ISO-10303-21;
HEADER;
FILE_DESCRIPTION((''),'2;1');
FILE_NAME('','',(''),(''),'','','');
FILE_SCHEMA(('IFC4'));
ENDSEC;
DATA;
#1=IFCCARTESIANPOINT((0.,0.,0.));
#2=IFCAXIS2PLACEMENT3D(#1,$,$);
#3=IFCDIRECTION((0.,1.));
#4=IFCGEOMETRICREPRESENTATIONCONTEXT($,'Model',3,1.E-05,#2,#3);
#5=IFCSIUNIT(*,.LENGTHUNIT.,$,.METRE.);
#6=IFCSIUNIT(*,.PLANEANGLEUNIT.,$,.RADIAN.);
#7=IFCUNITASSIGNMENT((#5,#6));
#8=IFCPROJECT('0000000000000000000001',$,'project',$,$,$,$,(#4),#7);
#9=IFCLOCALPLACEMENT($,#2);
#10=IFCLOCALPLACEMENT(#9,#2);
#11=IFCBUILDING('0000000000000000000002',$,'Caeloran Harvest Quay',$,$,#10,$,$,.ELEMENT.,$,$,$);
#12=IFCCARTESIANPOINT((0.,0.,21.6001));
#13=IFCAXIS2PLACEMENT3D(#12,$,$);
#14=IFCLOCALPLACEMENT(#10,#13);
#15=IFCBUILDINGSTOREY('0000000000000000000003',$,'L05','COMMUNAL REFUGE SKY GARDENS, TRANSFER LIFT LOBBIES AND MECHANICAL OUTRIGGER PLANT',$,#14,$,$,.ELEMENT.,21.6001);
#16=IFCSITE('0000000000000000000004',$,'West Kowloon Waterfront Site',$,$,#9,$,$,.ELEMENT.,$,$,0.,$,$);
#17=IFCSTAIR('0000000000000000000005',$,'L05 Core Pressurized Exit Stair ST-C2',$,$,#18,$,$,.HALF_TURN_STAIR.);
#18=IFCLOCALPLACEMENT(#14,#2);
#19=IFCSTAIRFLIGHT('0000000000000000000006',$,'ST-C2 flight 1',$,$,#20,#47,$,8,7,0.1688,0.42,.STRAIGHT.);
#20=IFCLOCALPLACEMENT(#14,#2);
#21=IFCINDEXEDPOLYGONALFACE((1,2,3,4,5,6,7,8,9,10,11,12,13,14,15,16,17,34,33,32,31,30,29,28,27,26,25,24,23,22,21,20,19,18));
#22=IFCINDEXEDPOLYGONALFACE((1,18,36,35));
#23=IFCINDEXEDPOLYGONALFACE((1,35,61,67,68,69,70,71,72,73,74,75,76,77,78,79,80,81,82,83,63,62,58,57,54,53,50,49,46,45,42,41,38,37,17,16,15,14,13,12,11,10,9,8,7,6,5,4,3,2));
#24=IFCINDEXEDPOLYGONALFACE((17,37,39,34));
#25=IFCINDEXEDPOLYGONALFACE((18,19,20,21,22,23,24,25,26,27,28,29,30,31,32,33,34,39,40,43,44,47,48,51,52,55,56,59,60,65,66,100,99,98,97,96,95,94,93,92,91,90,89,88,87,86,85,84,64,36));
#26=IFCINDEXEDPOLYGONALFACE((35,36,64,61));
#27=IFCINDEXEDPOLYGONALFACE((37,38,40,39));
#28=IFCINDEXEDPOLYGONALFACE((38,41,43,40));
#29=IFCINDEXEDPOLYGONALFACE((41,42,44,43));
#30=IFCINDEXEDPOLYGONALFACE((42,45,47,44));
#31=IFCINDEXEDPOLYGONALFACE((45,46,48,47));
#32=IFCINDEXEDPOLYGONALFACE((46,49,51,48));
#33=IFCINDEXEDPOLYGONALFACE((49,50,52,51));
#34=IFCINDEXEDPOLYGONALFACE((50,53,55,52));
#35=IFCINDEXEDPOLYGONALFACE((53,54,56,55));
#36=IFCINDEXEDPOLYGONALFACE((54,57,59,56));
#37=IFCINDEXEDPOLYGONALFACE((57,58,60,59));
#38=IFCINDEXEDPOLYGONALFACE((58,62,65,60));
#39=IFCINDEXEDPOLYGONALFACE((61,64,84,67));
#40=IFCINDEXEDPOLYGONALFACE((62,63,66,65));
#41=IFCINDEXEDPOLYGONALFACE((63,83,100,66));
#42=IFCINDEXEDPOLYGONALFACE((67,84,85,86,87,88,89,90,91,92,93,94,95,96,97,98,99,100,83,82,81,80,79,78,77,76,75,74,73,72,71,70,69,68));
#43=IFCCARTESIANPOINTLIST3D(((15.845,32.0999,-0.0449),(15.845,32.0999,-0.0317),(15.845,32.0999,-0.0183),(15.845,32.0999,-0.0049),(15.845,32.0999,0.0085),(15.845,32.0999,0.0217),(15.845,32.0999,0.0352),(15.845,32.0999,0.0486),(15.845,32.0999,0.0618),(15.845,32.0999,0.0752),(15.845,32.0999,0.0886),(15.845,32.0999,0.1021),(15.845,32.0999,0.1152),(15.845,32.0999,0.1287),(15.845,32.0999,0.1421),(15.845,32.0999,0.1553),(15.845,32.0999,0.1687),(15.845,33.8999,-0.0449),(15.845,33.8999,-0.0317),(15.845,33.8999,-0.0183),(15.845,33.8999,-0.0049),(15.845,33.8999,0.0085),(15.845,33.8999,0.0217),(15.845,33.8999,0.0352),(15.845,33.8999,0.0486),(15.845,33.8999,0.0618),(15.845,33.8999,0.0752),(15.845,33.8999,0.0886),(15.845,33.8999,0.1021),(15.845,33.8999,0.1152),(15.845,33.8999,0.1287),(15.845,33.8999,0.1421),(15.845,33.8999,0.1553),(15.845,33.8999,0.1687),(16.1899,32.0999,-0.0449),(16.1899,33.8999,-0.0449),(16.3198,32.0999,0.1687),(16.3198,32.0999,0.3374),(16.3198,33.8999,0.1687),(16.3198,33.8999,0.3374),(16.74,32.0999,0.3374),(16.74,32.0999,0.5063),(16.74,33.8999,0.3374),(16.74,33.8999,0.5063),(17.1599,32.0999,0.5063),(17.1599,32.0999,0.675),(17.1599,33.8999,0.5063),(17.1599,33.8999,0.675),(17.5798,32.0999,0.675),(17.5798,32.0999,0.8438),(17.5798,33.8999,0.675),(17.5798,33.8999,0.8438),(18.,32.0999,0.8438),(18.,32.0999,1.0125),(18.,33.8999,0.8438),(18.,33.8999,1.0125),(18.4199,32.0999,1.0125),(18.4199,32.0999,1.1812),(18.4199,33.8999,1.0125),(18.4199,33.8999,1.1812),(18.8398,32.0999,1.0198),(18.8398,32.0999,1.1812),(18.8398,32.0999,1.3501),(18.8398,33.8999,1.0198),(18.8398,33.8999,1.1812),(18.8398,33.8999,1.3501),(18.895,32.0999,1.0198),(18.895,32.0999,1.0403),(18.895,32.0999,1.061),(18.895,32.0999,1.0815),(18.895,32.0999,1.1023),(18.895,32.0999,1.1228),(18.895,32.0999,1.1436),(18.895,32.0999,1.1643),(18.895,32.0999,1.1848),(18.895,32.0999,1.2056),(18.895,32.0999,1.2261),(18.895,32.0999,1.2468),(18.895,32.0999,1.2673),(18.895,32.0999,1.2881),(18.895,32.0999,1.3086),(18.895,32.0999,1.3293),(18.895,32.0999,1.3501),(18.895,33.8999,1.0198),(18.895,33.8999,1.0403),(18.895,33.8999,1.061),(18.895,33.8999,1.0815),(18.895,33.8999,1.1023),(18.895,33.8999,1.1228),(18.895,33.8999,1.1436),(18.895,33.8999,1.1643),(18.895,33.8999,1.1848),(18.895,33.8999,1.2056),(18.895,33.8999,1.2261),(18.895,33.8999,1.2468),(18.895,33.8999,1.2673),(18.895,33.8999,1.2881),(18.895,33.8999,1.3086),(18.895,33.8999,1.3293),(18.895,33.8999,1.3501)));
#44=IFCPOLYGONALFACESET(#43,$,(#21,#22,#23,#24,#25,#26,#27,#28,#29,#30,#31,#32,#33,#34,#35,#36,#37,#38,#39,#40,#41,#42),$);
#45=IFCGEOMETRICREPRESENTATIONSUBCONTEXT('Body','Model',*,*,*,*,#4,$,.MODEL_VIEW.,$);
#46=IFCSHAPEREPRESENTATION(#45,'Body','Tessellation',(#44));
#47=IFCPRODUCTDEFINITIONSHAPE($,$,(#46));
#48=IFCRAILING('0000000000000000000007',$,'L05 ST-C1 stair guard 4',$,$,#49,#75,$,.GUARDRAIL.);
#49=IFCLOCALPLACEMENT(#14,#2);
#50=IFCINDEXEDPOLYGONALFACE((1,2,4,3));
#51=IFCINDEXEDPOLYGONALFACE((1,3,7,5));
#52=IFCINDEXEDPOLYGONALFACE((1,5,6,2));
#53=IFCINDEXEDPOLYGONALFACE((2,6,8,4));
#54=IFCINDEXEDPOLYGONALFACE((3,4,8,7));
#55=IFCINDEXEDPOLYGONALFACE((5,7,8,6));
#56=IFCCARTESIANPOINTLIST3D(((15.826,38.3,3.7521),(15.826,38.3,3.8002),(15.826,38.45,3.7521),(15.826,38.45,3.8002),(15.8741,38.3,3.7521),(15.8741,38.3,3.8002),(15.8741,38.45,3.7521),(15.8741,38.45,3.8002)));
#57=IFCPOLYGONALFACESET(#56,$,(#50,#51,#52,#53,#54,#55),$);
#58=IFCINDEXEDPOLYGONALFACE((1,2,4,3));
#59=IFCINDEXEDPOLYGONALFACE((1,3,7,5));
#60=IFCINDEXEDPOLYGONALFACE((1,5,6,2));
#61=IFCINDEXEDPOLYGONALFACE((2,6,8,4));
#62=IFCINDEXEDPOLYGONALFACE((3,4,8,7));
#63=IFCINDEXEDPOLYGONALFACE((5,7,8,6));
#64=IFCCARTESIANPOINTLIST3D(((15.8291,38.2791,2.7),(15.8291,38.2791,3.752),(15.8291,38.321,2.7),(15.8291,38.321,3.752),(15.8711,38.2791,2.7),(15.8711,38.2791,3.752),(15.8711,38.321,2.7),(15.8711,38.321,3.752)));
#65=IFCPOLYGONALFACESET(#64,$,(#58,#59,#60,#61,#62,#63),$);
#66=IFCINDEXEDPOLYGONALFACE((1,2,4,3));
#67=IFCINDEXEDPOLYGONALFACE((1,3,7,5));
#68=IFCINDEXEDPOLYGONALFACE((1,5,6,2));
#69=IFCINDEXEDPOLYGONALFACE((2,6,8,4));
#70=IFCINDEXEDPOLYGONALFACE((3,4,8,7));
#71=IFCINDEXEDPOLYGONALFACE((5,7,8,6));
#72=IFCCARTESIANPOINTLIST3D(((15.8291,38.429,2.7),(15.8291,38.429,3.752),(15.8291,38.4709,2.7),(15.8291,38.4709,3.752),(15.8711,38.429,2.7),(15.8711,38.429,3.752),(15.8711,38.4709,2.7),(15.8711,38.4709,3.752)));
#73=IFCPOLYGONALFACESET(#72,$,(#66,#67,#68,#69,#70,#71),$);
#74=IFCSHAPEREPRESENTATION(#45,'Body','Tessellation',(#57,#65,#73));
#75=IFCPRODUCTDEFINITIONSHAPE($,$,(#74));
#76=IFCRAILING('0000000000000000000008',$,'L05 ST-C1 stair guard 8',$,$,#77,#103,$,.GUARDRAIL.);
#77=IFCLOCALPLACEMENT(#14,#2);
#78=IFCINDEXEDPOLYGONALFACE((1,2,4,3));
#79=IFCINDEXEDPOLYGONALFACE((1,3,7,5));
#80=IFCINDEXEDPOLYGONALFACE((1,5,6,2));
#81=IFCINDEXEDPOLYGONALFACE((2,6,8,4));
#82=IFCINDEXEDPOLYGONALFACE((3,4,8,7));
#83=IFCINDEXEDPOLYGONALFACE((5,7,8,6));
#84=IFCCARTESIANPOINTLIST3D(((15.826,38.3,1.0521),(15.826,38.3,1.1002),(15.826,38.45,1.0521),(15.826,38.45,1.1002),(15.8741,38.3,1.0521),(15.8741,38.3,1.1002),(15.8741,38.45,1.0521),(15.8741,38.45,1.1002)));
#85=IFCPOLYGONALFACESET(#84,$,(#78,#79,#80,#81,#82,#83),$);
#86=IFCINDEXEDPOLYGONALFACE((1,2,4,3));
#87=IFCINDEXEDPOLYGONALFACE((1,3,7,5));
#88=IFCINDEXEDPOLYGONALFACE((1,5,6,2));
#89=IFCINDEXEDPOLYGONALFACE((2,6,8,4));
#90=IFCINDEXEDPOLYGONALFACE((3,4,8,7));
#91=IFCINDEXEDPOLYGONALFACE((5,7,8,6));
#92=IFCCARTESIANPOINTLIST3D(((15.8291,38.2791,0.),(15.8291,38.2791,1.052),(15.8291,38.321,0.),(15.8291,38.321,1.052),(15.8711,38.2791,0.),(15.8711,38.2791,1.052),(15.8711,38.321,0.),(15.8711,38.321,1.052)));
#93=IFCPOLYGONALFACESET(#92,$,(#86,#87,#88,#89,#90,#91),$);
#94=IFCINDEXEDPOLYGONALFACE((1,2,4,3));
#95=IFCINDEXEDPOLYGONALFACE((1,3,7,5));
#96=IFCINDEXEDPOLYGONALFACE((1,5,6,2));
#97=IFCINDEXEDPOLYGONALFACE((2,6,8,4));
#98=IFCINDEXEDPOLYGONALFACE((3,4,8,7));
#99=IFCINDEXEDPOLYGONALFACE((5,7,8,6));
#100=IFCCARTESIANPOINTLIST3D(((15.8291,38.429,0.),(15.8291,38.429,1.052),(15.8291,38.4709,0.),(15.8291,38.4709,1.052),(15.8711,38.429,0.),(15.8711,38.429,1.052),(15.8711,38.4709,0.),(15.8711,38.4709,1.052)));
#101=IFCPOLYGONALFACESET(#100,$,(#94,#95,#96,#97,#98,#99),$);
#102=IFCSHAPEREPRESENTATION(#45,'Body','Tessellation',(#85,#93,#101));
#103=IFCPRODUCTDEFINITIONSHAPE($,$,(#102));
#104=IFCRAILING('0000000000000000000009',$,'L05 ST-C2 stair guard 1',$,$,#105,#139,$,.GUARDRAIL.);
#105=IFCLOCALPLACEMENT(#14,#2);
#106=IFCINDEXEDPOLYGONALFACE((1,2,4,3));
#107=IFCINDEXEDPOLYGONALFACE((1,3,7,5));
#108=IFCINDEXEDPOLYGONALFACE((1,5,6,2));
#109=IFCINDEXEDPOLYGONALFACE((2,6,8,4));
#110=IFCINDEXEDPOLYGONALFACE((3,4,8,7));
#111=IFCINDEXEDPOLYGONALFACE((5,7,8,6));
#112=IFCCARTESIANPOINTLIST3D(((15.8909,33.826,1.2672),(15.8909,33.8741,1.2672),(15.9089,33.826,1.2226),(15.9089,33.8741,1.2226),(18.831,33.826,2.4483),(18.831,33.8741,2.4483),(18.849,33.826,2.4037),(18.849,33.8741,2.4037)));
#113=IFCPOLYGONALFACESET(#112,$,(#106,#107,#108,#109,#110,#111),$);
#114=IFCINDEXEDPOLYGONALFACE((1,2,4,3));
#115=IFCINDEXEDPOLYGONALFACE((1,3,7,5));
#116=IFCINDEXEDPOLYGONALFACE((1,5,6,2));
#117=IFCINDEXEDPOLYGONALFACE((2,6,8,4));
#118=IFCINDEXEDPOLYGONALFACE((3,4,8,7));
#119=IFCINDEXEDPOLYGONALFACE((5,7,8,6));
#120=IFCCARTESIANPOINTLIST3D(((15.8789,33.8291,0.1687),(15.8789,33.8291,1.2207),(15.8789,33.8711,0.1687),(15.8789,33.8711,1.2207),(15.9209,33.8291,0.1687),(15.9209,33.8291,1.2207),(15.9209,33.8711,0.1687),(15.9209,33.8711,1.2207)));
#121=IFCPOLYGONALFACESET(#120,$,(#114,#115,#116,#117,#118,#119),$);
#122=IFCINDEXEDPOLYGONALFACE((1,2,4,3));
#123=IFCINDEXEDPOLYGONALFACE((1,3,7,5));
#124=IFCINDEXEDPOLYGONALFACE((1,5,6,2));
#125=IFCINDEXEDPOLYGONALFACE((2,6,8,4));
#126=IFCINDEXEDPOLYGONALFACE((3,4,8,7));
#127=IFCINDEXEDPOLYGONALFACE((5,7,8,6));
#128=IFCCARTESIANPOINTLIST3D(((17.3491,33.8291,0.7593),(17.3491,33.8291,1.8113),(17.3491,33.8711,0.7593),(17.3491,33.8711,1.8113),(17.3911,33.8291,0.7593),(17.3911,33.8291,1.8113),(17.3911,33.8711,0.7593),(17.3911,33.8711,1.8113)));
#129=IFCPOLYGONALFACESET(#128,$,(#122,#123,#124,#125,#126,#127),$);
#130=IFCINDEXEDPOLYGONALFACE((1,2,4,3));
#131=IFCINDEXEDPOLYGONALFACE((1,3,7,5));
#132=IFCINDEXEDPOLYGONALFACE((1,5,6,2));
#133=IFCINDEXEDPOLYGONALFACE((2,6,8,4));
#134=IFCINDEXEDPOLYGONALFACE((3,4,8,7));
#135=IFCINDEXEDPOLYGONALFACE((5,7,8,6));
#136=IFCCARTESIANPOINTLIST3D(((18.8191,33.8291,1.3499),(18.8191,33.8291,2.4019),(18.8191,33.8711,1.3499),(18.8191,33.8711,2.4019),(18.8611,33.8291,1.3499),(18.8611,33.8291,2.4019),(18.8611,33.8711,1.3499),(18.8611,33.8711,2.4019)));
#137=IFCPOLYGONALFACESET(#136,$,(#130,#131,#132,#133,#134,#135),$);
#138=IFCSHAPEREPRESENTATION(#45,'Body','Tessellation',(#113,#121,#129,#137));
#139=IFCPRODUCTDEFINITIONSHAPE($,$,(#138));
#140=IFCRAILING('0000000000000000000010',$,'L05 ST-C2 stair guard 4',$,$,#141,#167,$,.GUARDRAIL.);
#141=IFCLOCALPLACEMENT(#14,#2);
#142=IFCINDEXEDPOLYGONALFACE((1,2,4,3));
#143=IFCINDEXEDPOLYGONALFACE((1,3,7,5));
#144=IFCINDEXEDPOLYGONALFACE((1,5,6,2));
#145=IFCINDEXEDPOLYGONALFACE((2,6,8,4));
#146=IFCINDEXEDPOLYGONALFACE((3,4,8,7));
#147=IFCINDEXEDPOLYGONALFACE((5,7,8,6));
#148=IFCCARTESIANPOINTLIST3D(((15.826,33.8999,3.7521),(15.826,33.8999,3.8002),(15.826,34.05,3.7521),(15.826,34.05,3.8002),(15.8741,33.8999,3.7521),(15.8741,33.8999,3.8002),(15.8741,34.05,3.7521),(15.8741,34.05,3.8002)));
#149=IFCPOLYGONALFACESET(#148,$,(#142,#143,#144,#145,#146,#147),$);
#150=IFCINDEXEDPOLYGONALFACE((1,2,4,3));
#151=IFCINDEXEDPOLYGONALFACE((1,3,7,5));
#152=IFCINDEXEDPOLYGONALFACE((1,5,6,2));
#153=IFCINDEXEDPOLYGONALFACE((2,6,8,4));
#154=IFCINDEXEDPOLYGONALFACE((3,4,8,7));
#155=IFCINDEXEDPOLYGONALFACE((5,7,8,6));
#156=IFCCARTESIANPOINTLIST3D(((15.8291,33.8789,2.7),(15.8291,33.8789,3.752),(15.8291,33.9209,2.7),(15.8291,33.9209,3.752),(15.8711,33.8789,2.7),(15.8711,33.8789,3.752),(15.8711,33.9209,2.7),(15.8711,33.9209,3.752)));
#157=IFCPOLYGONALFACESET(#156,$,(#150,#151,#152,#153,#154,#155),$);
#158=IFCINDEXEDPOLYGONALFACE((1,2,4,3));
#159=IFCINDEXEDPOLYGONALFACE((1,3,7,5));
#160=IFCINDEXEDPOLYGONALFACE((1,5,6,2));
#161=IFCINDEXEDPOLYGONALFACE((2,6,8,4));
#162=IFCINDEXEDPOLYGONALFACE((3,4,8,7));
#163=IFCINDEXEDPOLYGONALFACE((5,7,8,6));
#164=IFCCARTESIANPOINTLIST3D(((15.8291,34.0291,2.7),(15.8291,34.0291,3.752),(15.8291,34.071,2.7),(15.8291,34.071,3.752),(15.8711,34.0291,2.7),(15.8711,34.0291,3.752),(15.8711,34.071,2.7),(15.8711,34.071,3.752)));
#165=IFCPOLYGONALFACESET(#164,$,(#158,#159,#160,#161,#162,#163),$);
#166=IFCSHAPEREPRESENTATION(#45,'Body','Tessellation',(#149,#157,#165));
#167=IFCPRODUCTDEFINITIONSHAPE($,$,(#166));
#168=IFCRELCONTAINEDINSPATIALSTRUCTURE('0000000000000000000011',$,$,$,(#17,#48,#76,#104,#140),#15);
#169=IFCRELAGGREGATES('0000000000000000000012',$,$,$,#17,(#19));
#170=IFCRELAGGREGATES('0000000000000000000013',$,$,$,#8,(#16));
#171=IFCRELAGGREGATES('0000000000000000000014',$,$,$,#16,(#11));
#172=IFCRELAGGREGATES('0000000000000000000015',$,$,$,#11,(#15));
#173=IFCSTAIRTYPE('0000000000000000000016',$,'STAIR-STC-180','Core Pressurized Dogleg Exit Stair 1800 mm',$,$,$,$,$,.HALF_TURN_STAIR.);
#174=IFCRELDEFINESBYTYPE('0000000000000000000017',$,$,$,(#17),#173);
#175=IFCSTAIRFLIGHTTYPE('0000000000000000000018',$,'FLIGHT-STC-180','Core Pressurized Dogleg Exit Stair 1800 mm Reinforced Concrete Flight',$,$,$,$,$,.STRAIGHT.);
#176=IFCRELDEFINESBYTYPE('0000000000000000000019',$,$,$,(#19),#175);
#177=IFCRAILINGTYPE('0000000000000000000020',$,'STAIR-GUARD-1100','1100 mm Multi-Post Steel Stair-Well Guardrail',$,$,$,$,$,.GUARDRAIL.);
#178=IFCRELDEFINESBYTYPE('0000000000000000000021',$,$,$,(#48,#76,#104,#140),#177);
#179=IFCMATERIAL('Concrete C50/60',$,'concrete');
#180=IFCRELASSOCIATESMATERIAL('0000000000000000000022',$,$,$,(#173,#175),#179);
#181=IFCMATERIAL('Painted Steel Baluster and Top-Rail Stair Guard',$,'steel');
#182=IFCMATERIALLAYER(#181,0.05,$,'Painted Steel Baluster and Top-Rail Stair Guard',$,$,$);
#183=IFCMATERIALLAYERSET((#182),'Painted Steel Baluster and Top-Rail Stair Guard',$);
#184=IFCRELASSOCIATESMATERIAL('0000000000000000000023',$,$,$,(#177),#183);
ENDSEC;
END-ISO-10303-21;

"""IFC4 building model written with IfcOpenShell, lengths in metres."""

from ifc_helpers import new_model, si_unit, direction, frame, origin, origin_2d, place, context, subcontext, project, spatial, polyline, rectangle, outline, extrude, material, layer, layer_set, type_object, element, aggregate, save


model = new_model("IFC4")

# Units and contexts
model_context = context("Model", 3, precision=1e-05, world=origin(), true_north=direction((0.0, 1.0)))
body_context = subcontext(model_context, "Body", "Model", "MODEL_VIEW")
ifc_project = project(units=[si_unit("LENGTHUNIT", "METRE"), si_unit("PLANEANGLEUNIT", "RADIAN")], contexts=[model_context])

# Site, building, storey
site_placement = place(None, origin())
site = spatial("IfcSite", under=ifc_project, at=site_placement, Name="West Kowloon Waterfront Site", CompositionType="ELEMENT", RefElevation=0.0)
building_placement = place(site_placement, origin())
building = spatial("IfcBuilding", under=site, at=building_placement, Name="Caeloran Harvest Quay", CompositionType="ELEMENT")
storey_placement = place(building_placement, frame((0.0, 0.0, 21.6001)))
storey = spatial("IfcBuildingStorey", under=building, at=storey_placement, Name="L05", Description="COMMUNAL REFUGE SKY GARDENS, TRANSFER LIFT LOBBIES AND MECHANICAL OUTRIGGER PLANT", CompositionType="ELEMENT", Elevation=21.6001)

# Shared definitions
ifc_material_1 = material(Name="Concrete C50/60", Category="concrete")

# Shared definitions
stair_type = type_object("IfcStairType", Name="STAIR-STC-180", Description="Core Pressurized Dogleg Exit Stair 1800 mm", PredefinedType="HALF_TURN_STAIR", material=ifc_material_1)
stair_flight_type = type_object("IfcStairFlightType", Name="FLIGHT-STC-180", Description="Core Pressurized Dogleg Exit Stair 1800 mm Reinforced Concrete Flight", PredefinedType="STRAIGHT", material=ifc_material_1)

# Stair, stair flight
stair_1_placement = place(storey_placement, origin())
stair_1 = element("IfcStair", 1, at=stair_1_placement, inside=storey, type_object=stair_type, Name="L05 Core Pressurized Exit Stair ST-C2", PredefinedType="HALF_TURN_STAIR")
stair_flight_1_placement = place(storey_placement, frame((15.8999, 33.0, 0.0), z_axis=(0.0, 0.0, 1.0), x_axis=(1.0, 0.0, 0.0)))
stair_flight_1 = element("IfcStairFlight", 2, at=stair_flight_1_placement, type_object=stair_flight_type, Name="ST-C2 flight 1", NumberOfRisers=8, NumberOfTreads=7, PredefinedType="STRAIGHT", RiserHeight=0.1688, TreadLength=0.42, context=body_context, shape_type="SweptSolid", body=[
    extrude(outline(polyline([(-0.0549, -0.0449), (-0.0549, -0.0317), (-0.0549, -0.0183), (-0.0549, -0.0049), (-0.0549, 0.0085), (-0.0549, 0.0217), (-0.0549, 0.0352), (-0.0549, 0.0486), (-0.0549, 0.0618), (-0.0549, 0.0752), (-0.0549, 0.0886), (-0.0549, 0.1021), (-0.0549, 0.1152), (-0.0549, 0.1287), (-0.0549, 0.1421), (-0.0549, 0.1553), (-0.0549, 0.1687), (0.4199, 0.1687), (0.4199, 0.3374), (0.8401, 0.3374), (0.8401, 0.5063), (1.26, 0.5063), (1.26, 0.675), (1.6799, 0.675), (1.6799, 0.8438), (2.1001, 0.8438), (2.1001, 1.0125), (2.52, 1.0125), (2.52, 1.1812), (2.9399, 1.1812), (2.9399, 1.3501), (2.9951, 1.3501), (2.9951, 1.3293), (2.9951, 1.3086), (2.9951, 1.2881), (2.9951, 1.2673), (2.9951, 1.2468), (2.9951, 1.2261), (2.9951, 1.2056), (2.9951, 1.1848), (2.9951, 1.1643), (2.9951, 1.1436), (2.9951, 1.1228), (2.9951, 1.1023), (2.9951, 1.0815), (2.9951, 1.061), (2.9951, 1.0403), (2.9951, 1.0198), (2.9399, 1.0198), (0.29, -0.0449), (-0.0549, -0.0449)])), frame((0.0, 0.8999, 0.0), z_axis=(0.0, -1.0, 0.0), x_axis=(1.0, 0.0, 0.0)), (0.0, 0.0, 1.0), 1.8),
])
aggregate(stair_1, [stair_flight_1])

# Railings
ifc_material_2 = material(Name="Painted Steel Baluster and Top-Rail Stair Guard", Category="steel")
ifc_layer_1 = layer(ifc_material_2, 0.05, Name="Painted Steel Baluster and Top-Rail Stair Guard")
ifc_layer_set_1 = layer_set([ifc_layer_1], Name="Painted Steel Baluster and Top-Rail Stair Guard")
railing_type_1 = type_object("IfcRailingType", Name="STAIR-GUARD-1100", Description="1100 mm Multi-Post Steel Stair-Well Guardrail", PredefinedType="GUARDRAIL", material=ifc_layer_set_1)
for number, where, name in (
    (3, (15.8501, 38.3, 2.7), "L05 ST-C1 stair guard 4"),
    (4, (15.8501, 38.3, 0.0), "L05 ST-C1 stair guard 8"),
):
    element("IfcRailing", number, at=place(storey_placement, frame(where)), inside=storey, type_object=railing_type_1, Name=name, PredefinedType="GUARDRAIL", context=body_context, shape_type="SweptSolid", body=[
        extrude(rectangle(XDim=0.0481, YDim=0.0481, at=origin_2d()), frame((0.0, 0.0, 1.0762), z_axis=(0.0, 1.0, 0.0), x_axis=(-1.0, 0.0, 0.0)), (0.0, 0.0, 1.0), 0.1499),
        extrude(rectangle(XDim=0.042, YDim=0.042, at=origin_2d()), origin(), (0.0, 0.0, 1.0), 1.052),
        extrude(rectangle(XDim=0.042, YDim=0.042, at=origin_2d()), frame((0.0, 0.1499, 0.0)), (0.0, 0.0, 1.0), 1.052),
    ])
railing_1_placement = place(storey_placement, frame((15.8999, 33.8501, 0.1687)))
element("IfcRailing", 5, at=railing_1_placement, inside=storey, type_object=railing_type_1, Name="L05 ST-C2 stair guard 1", PredefinedType="GUARDRAIL", context=body_context, shape_type="SweptSolid", body=[
    extrude(rectangle(XDim=0.0481, YDim=0.0481, at=origin_2d()), frame((0.0, 0.0, 1.0762), z_axis=(0.927923, 0.0, 0.372772), x_axis=(0.0, 1.0, 0.0)), (0.0, 0.0, 1.0), 3.1685),
    extrude(rectangle(XDim=0.042, YDim=0.042, at=origin_2d()), origin(), (0.0, 0.0, 1.0), 1.052),
    extrude(rectangle(XDim=0.042, YDim=0.042, at=origin_2d()), frame((1.4702, 0.0, 0.5906)), (0.0, 0.0, 1.0), 1.052),
    extrude(rectangle(XDim=0.042, YDim=0.042, at=origin_2d()), frame((2.9402, 0.0, 1.1812)), (0.0, 0.0, 1.0), 1.052),
])
railing_2_placement = place(storey_placement, frame((15.8501, 33.8999, 2.7)))
element("IfcRailing", 6, at=railing_2_placement, inside=storey, type_object=railing_type_1, Name="L05 ST-C2 stair guard 4", PredefinedType="GUARDRAIL", context=body_context, shape_type="SweptSolid", body=[
    extrude(rectangle(XDim=0.0481, YDim=0.0481, at=origin_2d()), frame((0.0, 0.0, 1.0762), z_axis=(0.0, 1.0, 0.0), x_axis=(-1.0, 0.0, 0.0)), (0.0, 0.0, 1.0), 0.1501),
    extrude(rectangle(XDim=0.042, YDim=0.042, at=origin_2d()), origin(), (0.0, 0.0, 1.0), 1.052),
    extrude(rectangle(XDim=0.042, YDim=0.042, at=origin_2d()), frame((0.0, 0.1501, 0.0)), (0.0, 0.0, 1.0), 1.052),
])

save(model, "model.ifc")
